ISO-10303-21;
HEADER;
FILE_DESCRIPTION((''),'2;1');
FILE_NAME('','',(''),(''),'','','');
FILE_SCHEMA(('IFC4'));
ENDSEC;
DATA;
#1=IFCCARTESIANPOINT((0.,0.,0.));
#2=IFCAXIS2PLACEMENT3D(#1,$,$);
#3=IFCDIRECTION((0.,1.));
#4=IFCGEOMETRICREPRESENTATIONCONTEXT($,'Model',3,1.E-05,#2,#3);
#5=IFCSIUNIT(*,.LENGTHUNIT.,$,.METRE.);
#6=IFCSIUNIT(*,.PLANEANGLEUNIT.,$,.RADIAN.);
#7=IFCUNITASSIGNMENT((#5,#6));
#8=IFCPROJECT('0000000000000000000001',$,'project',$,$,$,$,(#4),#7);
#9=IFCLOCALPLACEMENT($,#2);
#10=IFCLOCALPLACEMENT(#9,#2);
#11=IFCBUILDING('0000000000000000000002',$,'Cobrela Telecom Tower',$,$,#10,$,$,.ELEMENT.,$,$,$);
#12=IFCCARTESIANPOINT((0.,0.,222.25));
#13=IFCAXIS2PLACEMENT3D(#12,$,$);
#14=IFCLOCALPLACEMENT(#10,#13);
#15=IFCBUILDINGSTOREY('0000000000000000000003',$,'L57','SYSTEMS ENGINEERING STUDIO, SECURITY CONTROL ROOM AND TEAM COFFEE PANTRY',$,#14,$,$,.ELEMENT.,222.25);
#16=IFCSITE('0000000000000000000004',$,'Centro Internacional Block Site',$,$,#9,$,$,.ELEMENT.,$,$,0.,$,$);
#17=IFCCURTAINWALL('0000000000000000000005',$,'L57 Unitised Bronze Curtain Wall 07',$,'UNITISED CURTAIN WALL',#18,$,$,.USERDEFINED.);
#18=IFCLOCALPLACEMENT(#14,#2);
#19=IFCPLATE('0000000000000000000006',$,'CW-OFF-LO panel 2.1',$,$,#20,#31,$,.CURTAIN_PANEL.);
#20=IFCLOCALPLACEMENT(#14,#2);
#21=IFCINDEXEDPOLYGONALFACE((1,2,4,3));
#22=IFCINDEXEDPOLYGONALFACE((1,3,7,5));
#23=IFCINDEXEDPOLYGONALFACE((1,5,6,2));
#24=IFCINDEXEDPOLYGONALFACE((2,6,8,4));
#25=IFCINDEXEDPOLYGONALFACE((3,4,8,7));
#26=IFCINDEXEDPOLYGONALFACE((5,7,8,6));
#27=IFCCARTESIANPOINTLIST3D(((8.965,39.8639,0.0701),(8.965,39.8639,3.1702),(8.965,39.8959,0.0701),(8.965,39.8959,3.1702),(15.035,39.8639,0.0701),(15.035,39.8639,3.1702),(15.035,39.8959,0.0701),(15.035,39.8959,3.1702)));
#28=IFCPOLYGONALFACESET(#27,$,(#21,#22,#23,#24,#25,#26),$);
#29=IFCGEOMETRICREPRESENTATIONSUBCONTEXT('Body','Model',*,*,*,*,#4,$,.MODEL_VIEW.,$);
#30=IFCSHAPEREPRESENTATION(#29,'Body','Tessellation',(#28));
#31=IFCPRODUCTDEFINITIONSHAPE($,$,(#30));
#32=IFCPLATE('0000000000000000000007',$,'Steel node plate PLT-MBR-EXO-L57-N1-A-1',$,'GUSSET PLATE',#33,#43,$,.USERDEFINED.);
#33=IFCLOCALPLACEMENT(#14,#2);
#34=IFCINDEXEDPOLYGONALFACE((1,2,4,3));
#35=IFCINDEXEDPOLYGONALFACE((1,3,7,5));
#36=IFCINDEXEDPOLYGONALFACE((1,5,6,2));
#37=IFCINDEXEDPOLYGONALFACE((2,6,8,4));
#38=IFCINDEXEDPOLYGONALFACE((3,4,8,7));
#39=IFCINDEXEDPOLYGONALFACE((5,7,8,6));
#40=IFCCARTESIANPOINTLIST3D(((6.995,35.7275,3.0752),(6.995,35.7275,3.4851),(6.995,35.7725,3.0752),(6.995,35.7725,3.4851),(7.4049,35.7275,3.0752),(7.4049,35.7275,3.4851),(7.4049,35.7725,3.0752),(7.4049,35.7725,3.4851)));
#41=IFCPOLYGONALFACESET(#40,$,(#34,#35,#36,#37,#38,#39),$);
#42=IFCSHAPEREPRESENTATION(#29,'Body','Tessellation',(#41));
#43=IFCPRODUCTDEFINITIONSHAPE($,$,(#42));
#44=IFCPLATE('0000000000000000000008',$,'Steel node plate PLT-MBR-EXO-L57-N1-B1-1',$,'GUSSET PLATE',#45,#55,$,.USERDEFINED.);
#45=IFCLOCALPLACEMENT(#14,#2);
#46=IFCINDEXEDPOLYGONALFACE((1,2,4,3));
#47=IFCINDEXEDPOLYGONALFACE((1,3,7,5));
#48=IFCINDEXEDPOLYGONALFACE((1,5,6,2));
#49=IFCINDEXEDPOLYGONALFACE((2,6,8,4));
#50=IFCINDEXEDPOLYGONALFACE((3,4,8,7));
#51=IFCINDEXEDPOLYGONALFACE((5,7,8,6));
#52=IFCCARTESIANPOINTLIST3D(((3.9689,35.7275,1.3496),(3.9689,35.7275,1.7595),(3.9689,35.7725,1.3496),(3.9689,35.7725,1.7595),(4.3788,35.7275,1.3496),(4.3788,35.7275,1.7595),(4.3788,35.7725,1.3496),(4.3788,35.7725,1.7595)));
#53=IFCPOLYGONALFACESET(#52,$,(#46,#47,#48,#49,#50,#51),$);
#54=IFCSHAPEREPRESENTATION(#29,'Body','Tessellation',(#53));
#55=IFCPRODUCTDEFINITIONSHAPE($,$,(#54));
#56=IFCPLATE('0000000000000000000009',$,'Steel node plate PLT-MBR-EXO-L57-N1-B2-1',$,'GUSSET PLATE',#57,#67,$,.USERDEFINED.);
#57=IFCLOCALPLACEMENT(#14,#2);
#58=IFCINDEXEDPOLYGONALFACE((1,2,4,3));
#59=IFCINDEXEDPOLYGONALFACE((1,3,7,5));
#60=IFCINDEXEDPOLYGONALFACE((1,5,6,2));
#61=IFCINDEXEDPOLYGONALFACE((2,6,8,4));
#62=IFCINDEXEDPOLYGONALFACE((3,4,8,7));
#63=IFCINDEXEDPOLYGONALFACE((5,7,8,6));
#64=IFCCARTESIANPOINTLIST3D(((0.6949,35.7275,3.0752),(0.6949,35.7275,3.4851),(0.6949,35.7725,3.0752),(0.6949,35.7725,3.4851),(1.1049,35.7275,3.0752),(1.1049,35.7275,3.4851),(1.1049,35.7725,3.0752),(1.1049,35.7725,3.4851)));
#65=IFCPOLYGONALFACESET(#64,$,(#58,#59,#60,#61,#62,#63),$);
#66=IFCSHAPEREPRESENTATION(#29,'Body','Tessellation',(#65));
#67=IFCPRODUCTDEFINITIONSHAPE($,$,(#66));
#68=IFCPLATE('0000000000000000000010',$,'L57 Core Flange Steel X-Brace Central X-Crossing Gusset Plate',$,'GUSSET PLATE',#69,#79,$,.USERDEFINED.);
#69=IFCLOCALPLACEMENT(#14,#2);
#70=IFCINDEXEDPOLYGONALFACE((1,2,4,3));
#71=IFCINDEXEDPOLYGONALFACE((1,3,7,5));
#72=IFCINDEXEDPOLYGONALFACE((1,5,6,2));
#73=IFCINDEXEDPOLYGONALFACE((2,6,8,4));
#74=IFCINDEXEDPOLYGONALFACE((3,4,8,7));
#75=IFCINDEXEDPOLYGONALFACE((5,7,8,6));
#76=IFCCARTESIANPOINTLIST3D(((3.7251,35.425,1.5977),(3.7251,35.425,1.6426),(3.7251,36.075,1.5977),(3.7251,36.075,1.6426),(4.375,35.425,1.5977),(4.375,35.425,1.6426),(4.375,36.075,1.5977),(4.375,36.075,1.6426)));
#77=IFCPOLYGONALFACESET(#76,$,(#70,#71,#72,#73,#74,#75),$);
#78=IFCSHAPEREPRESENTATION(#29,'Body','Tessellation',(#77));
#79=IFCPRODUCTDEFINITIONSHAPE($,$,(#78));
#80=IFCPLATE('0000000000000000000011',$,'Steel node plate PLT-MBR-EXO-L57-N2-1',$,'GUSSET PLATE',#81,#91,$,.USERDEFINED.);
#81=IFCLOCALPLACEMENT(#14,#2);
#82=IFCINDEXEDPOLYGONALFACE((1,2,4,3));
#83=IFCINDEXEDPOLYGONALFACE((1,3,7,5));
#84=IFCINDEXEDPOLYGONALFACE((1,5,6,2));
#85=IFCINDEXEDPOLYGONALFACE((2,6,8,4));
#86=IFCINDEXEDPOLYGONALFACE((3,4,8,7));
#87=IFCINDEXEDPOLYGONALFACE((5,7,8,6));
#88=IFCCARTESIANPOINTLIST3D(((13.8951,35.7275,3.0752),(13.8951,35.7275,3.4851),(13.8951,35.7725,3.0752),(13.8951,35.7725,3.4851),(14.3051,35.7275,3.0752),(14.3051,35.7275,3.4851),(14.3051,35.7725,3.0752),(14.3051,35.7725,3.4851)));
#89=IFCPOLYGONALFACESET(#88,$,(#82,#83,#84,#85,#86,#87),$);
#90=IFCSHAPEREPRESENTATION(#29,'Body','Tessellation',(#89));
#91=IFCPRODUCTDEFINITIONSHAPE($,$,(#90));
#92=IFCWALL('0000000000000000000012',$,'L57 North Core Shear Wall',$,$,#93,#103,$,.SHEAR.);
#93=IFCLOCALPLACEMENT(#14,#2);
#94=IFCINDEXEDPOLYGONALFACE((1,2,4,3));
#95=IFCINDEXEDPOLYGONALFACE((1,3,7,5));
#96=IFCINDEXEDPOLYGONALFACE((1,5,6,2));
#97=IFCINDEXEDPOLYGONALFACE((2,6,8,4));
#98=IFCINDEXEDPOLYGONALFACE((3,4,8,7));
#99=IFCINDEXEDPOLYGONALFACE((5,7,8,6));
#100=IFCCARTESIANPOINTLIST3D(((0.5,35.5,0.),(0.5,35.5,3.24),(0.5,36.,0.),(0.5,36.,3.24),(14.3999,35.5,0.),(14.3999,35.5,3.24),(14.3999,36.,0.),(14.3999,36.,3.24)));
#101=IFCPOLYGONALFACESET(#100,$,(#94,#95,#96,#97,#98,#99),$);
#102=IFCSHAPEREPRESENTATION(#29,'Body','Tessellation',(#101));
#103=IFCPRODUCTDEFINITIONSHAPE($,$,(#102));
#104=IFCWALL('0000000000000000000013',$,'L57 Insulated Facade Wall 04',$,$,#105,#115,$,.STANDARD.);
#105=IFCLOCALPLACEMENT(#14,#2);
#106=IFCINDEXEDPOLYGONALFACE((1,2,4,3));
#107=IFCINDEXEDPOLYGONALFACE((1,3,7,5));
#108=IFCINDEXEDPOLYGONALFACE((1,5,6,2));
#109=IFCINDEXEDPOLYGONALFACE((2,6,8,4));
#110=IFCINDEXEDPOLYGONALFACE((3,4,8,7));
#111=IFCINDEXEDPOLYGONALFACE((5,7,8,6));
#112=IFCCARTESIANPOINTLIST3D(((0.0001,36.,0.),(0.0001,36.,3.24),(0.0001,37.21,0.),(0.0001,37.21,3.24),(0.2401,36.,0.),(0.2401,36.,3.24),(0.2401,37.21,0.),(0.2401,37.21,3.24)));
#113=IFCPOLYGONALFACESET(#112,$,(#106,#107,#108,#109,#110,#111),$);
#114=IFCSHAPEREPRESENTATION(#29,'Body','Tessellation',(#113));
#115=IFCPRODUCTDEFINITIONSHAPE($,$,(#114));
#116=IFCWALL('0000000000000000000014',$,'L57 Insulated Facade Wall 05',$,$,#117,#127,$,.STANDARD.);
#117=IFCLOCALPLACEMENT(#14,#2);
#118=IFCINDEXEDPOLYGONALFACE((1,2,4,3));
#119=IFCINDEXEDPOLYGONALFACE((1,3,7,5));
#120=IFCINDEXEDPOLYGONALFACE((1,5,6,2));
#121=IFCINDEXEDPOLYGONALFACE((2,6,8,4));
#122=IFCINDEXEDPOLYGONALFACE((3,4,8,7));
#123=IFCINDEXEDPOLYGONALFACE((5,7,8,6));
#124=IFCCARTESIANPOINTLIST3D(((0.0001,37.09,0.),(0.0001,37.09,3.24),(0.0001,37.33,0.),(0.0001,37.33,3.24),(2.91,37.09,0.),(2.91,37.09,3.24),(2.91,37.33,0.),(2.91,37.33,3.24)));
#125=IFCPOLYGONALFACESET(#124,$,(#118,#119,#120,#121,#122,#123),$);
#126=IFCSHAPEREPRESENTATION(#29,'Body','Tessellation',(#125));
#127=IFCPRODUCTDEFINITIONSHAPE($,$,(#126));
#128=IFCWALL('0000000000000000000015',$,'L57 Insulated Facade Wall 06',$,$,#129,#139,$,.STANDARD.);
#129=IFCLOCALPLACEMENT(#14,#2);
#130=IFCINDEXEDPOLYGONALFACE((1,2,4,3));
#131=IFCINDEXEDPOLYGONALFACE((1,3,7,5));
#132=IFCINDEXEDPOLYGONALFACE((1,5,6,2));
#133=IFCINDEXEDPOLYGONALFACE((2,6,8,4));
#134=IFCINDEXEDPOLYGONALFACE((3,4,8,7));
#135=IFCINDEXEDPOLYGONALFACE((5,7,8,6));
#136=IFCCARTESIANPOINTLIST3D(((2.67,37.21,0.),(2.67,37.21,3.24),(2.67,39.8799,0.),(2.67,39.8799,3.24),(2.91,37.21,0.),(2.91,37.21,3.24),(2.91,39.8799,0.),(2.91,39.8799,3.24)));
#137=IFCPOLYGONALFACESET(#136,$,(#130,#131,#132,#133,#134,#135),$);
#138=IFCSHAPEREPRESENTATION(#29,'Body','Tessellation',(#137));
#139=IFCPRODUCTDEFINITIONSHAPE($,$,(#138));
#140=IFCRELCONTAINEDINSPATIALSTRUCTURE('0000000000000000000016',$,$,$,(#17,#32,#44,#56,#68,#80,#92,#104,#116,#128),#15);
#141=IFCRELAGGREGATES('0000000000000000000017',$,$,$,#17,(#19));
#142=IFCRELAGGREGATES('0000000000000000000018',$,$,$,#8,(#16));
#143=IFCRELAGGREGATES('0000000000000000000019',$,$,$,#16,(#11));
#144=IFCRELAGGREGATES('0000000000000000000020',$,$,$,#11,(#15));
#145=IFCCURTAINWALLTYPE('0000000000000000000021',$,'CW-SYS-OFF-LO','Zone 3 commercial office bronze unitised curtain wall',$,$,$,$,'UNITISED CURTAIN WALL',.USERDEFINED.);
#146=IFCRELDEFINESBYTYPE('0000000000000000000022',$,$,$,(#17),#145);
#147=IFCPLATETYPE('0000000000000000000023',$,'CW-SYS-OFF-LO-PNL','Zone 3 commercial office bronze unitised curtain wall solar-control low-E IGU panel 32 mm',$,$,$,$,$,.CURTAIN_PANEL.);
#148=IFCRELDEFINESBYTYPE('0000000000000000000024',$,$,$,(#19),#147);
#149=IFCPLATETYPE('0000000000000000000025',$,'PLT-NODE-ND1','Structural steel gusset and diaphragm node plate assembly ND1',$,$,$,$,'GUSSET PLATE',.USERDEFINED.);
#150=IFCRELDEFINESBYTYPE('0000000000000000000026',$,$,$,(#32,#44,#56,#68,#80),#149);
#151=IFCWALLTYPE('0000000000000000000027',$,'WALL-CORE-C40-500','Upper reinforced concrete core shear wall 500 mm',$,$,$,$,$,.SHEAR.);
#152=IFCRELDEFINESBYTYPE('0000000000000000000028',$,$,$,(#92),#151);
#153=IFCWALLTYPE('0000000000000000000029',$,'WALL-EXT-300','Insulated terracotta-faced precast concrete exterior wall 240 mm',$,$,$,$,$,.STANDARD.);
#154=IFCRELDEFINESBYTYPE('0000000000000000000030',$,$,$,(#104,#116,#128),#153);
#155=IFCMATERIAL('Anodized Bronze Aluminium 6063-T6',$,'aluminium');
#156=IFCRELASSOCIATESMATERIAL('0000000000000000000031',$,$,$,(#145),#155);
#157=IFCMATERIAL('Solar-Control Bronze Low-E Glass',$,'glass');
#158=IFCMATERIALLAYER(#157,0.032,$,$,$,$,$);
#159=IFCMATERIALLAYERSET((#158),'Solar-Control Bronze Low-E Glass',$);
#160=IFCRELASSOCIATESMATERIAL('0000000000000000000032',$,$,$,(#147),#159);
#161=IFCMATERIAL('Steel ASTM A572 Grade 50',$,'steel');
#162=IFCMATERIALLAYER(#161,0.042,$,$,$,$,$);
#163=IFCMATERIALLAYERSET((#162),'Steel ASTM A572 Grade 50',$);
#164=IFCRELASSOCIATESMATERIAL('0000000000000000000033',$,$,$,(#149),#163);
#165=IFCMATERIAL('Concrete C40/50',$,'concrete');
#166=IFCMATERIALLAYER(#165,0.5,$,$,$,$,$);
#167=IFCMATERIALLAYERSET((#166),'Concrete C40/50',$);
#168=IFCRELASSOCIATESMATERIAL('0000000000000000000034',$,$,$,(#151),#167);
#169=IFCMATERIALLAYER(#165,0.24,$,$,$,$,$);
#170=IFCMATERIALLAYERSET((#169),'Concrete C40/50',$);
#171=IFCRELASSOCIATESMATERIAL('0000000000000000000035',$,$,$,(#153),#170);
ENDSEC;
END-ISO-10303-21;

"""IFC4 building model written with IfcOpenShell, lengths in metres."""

from ifc_helpers import new_model, si_unit, direction, frame, frame_2d, origin, origin_2d, place, context, subcontext, project, spatial, rectangle, extrude, material, layer, layer_set, type_object, element, aggregate, save


model = new_model("IFC4")

# Units and contexts
model_context = context("Model", 3, precision=1e-05, world=origin(), true_north=direction((0.0, 1.0)))
body_context = subcontext(model_context, "Body", "Model", "MODEL_VIEW")
ifc_project = project(units=[si_unit("LENGTHUNIT", "METRE"), si_unit("PLANEANGLEUNIT", "RADIAN")], contexts=[model_context])

# Site, building, storey
site_placement = place(None, origin())
site = spatial("IfcSite", under=ifc_project, at=site_placement, Name="Centro Internacional Block Site", CompositionType="ELEMENT", RefElevation=0.0)
building_placement = place(site_placement, origin())
building = spatial("IfcBuilding", under=site, at=building_placement, Name="Cobrela Telecom Tower", CompositionType="ELEMENT")
storey_placement = place(building_placement, frame((0.0, 0.0, 222.25)))
storey = spatial("IfcBuildingStorey", under=building, at=storey_placement, Name="L57", Description="SYSTEMS ENGINEERING STUDIO, SECURITY CONTROL ROOM AND TEAM COFFEE PANTRY", CompositionType="ELEMENT", Elevation=222.25)

# Shared definitions
ifc_material_1 = material(Name="Steel ASTM A572 Grade 50", Category="steel")

# Curtain wall
ifc_material_2 = material(Name="Anodized Bronze Aluminium 6063-T6", Category="aluminium")
curtain_wall_type = type_object("IfcCurtainWallType", Name="CW-SYS-OFF-LO", Description="Zone 3 commercial office bronze unitised curtain wall", ElementType="UNITISED CURTAIN WALL", PredefinedType="USERDEFINED", material=ifc_material_2)
curtain_wall_placement = place(storey_placement, origin())
curtain_wall = element("IfcCurtainWall", 1, at=curtain_wall_placement, inside=storey, type_object=curtain_wall_type, Name="L57 Unitised Bronze Curtain Wall 07", ObjectType="UNITISED CURTAIN WALL", PredefinedType="USERDEFINED")

# Plate
ifc_material_3 = material(Name="Solar-Control Bronze Low-E Glass", Category="glass")
ifc_layer_1 = layer(ifc_material_3, 0.032)
ifc_layer_set_1 = layer_set([ifc_layer_1], Name="Solar-Control Bronze Low-E Glass")
plate_type_1 = type_object("IfcPlateType", Name="CW-SYS-OFF-LO-PNL", Description="Zone 3 commercial office bronze unitised curtain wall solar-control low-E IGU panel 32 mm", PredefinedType="CURTAIN_PANEL", material=ifc_layer_set_1)
plate_1_placement = place(storey_placement, frame((12.0, 39.8799, 0.0701), z_axis=(0.0, 0.0, 1.0), x_axis=(1.0, 0.0, 0.0)))
plate_1 = element("IfcPlate", 2, at=plate_1_placement, type_object=plate_type_1, Name="CW-OFF-LO panel 2.1", PredefinedType="CURTAIN_PANEL", context=body_context, shape_type="SweptSolid", body=[
    extrude(rectangle(XDim=6.0701, YDim=0.032, at=origin_2d()), origin(), (0.0, 0.0, 1.0), 3.1001),
])
aggregate(curtain_wall, [plate_1])

# Plates
ifc_layer_2 = layer(ifc_material_1, 0.042)
ifc_layer_set_2 = layer_set([ifc_layer_2], Name="Steel ASTM A572 Grade 50")
plate_type_2 = type_object("IfcPlateType", Name="PLT-NODE-ND1", Description="Structural steel gusset and diaphragm node plate assembly ND1", ElementType="GUSSET PLATE", PredefinedType="USERDEFINED", material=ifc_layer_set_2)
for number, where, z_axis, x_axis, name in (
    (3, (7.2, 35.75, 3.0752), (0.0, 0.0, 1.0), (1.0, 0.0, 0.0), "Steel node plate PLT-MBR-EXO-L57-N1-A-1"),
    (4, (4.1738, 35.75, 1.3496), (0.0, 0.0, 1.0), (-1.0, 0.0, 0.0), "Steel node plate PLT-MBR-EXO-L57-N1-B1-1"),
    (5, (0.8999, 35.75, 3.0752), (0.0, 0.0, 1.0), (-1.0, 0.0, 0.0), "Steel node plate PLT-MBR-EXO-L57-N1-B2-1"),
):
    element("IfcPlate", number, at=place(storey_placement, frame(where, z_axis=z_axis, x_axis=x_axis)), inside=storey, type_object=plate_type_2, Name=name, ObjectType="GUSSET PLATE", PredefinedType="USERDEFINED", context=body_context, shape_type="SweptSolid", body=[
        extrude(rectangle(XDim=0.4099, YDim=0.0449, at=origin_2d()), origin(), (0.0, 0.0, 1.0), 0.4099),
    ])
plate_2_placement = place(storey_placement, frame((4.05, 35.75, 1.5977), z_axis=(0.0, 0.0, 1.0), x_axis=(1.0, 0.0, 0.0)))
element("IfcPlate", 6, at=plate_2_placement, inside=storey, type_object=plate_type_2, Name="L57 Core Flange Steel X-Brace Central X-Crossing Gusset Plate", ObjectType="GUSSET PLATE", PredefinedType="USERDEFINED", context=body_context, shape_type="SweptSolid", body=[
    extrude(rectangle(XDim=0.6499, YDim=0.6499, at=origin_2d()), origin(), (0.0, 0.0, 1.0), 0.0449),
])
plate_3_placement = place(storey_placement, frame((14.1001, 35.75, 3.0752), z_axis=(0.0, 0.0, 1.0), x_axis=(1.0, 0.0, 0.0)))
element("IfcPlate", 7, at=plate_3_placement, inside=storey, type_object=plate_type_2, Name="Steel node plate PLT-MBR-EXO-L57-N2-1", ObjectType="GUSSET PLATE", PredefinedType="USERDEFINED", context=body_context, shape_type="SweptSolid", body=[
    extrude(rectangle(XDim=0.4099, YDim=0.0449, at=origin_2d()), origin(), (0.0, 0.0, 1.0), 0.4099),
])

# Walls
ifc_material_4 = material(Name="Concrete C40/50", Category="concrete")
ifc_layer_3 = layer(ifc_material_4, 0.5)
ifc_layer_set_3 = layer_set([ifc_layer_3], Name="Concrete C40/50")
wall_type_1 = type_object("IfcWallType", Name="WALL-CORE-C40-500", Description="Upper reinforced concrete core shear wall 500 mm", PredefinedType="SHEAR", material=ifc_layer_set_3)
wall_1_placement = place(storey_placement, frame((0.5, 35.75, 0.0), z_axis=(0.0, 0.0, 1.0), x_axis=(1.0, 0.0, 0.0)))
element("IfcWall", 8, at=wall_1_placement, inside=storey, type_object=wall_type_1, Name="L57 North Core Shear Wall", PredefinedType="SHEAR", context=body_context, shape_type="SweptSolid", body=[
    extrude(rectangle(XDim=13.8999, YDim=0.5, at=frame_2d((6.95, 0.0))), origin(), (0.0, 0.0, 1.0), 3.24),
])
ifc_layer_4 = layer(ifc_material_4, 0.24)
ifc_layer_set_4 = layer_set([ifc_layer_4], Name="Concrete C40/50")
wall_type_2 = type_object("IfcWallType", Name="WALL-EXT-300", Description="Insulated terracotta-faced precast concrete exterior wall 240 mm", PredefinedType="STANDARD", material=ifc_layer_set_4)
wall_2_placement = place(storey_placement, frame((0.1201, 36.0, 0.0), z_axis=(0.0, 0.0, 1.0), x_axis=(0.0, 1.0, 0.0)))
element("IfcWall", 9, at=wall_2_placement, inside=storey, type_object=wall_type_2, Name="L57 Insulated Facade Wall 04", PredefinedType="STANDARD", context=body_context, shape_type="SweptSolid", body=[
    extrude(rectangle(XDim=1.21, YDim=0.24, at=frame_2d((0.605, 0.0))), origin(), (0.0, 0.0, 1.0), 3.24),
])
wall_3_placement = place(storey_placement, frame((0.0, 37.21, 0.0), z_axis=(0.0, 0.0, 1.0), x_axis=(1.0, 0.0, 0.0)))
element("IfcWall", 10, at=wall_3_placement, inside=storey, type_object=wall_type_2, Name="L57 Insulated Facade Wall 05", PredefinedType="STANDARD", context=body_context, shape_type="SweptSolid", body=[
    extrude(rectangle(XDim=2.9099, YDim=0.24, at=frame_2d((1.4551, 0.0))), origin(), (0.0, 0.0, 1.0), 3.24),
])
wall_4_placement = place(storey_placement, frame((2.79, 37.21, 0.0), z_axis=(0.0, 0.0, 1.0), x_axis=(0.0, 1.0, 0.0)))
element("IfcWall", 11, at=wall_4_placement, inside=storey, type_object=wall_type_2, Name="L57 Insulated Facade Wall 06", PredefinedType="STANDARD", context=body_context, shape_type="SweptSolid", body=[
    extrude(rectangle(XDim=2.6699, YDim=0.24, at=frame_2d((1.335, 0.0))), origin(), (0.0, 0.0, 1.0), 3.24),
])

save(model, "model.ifc")
